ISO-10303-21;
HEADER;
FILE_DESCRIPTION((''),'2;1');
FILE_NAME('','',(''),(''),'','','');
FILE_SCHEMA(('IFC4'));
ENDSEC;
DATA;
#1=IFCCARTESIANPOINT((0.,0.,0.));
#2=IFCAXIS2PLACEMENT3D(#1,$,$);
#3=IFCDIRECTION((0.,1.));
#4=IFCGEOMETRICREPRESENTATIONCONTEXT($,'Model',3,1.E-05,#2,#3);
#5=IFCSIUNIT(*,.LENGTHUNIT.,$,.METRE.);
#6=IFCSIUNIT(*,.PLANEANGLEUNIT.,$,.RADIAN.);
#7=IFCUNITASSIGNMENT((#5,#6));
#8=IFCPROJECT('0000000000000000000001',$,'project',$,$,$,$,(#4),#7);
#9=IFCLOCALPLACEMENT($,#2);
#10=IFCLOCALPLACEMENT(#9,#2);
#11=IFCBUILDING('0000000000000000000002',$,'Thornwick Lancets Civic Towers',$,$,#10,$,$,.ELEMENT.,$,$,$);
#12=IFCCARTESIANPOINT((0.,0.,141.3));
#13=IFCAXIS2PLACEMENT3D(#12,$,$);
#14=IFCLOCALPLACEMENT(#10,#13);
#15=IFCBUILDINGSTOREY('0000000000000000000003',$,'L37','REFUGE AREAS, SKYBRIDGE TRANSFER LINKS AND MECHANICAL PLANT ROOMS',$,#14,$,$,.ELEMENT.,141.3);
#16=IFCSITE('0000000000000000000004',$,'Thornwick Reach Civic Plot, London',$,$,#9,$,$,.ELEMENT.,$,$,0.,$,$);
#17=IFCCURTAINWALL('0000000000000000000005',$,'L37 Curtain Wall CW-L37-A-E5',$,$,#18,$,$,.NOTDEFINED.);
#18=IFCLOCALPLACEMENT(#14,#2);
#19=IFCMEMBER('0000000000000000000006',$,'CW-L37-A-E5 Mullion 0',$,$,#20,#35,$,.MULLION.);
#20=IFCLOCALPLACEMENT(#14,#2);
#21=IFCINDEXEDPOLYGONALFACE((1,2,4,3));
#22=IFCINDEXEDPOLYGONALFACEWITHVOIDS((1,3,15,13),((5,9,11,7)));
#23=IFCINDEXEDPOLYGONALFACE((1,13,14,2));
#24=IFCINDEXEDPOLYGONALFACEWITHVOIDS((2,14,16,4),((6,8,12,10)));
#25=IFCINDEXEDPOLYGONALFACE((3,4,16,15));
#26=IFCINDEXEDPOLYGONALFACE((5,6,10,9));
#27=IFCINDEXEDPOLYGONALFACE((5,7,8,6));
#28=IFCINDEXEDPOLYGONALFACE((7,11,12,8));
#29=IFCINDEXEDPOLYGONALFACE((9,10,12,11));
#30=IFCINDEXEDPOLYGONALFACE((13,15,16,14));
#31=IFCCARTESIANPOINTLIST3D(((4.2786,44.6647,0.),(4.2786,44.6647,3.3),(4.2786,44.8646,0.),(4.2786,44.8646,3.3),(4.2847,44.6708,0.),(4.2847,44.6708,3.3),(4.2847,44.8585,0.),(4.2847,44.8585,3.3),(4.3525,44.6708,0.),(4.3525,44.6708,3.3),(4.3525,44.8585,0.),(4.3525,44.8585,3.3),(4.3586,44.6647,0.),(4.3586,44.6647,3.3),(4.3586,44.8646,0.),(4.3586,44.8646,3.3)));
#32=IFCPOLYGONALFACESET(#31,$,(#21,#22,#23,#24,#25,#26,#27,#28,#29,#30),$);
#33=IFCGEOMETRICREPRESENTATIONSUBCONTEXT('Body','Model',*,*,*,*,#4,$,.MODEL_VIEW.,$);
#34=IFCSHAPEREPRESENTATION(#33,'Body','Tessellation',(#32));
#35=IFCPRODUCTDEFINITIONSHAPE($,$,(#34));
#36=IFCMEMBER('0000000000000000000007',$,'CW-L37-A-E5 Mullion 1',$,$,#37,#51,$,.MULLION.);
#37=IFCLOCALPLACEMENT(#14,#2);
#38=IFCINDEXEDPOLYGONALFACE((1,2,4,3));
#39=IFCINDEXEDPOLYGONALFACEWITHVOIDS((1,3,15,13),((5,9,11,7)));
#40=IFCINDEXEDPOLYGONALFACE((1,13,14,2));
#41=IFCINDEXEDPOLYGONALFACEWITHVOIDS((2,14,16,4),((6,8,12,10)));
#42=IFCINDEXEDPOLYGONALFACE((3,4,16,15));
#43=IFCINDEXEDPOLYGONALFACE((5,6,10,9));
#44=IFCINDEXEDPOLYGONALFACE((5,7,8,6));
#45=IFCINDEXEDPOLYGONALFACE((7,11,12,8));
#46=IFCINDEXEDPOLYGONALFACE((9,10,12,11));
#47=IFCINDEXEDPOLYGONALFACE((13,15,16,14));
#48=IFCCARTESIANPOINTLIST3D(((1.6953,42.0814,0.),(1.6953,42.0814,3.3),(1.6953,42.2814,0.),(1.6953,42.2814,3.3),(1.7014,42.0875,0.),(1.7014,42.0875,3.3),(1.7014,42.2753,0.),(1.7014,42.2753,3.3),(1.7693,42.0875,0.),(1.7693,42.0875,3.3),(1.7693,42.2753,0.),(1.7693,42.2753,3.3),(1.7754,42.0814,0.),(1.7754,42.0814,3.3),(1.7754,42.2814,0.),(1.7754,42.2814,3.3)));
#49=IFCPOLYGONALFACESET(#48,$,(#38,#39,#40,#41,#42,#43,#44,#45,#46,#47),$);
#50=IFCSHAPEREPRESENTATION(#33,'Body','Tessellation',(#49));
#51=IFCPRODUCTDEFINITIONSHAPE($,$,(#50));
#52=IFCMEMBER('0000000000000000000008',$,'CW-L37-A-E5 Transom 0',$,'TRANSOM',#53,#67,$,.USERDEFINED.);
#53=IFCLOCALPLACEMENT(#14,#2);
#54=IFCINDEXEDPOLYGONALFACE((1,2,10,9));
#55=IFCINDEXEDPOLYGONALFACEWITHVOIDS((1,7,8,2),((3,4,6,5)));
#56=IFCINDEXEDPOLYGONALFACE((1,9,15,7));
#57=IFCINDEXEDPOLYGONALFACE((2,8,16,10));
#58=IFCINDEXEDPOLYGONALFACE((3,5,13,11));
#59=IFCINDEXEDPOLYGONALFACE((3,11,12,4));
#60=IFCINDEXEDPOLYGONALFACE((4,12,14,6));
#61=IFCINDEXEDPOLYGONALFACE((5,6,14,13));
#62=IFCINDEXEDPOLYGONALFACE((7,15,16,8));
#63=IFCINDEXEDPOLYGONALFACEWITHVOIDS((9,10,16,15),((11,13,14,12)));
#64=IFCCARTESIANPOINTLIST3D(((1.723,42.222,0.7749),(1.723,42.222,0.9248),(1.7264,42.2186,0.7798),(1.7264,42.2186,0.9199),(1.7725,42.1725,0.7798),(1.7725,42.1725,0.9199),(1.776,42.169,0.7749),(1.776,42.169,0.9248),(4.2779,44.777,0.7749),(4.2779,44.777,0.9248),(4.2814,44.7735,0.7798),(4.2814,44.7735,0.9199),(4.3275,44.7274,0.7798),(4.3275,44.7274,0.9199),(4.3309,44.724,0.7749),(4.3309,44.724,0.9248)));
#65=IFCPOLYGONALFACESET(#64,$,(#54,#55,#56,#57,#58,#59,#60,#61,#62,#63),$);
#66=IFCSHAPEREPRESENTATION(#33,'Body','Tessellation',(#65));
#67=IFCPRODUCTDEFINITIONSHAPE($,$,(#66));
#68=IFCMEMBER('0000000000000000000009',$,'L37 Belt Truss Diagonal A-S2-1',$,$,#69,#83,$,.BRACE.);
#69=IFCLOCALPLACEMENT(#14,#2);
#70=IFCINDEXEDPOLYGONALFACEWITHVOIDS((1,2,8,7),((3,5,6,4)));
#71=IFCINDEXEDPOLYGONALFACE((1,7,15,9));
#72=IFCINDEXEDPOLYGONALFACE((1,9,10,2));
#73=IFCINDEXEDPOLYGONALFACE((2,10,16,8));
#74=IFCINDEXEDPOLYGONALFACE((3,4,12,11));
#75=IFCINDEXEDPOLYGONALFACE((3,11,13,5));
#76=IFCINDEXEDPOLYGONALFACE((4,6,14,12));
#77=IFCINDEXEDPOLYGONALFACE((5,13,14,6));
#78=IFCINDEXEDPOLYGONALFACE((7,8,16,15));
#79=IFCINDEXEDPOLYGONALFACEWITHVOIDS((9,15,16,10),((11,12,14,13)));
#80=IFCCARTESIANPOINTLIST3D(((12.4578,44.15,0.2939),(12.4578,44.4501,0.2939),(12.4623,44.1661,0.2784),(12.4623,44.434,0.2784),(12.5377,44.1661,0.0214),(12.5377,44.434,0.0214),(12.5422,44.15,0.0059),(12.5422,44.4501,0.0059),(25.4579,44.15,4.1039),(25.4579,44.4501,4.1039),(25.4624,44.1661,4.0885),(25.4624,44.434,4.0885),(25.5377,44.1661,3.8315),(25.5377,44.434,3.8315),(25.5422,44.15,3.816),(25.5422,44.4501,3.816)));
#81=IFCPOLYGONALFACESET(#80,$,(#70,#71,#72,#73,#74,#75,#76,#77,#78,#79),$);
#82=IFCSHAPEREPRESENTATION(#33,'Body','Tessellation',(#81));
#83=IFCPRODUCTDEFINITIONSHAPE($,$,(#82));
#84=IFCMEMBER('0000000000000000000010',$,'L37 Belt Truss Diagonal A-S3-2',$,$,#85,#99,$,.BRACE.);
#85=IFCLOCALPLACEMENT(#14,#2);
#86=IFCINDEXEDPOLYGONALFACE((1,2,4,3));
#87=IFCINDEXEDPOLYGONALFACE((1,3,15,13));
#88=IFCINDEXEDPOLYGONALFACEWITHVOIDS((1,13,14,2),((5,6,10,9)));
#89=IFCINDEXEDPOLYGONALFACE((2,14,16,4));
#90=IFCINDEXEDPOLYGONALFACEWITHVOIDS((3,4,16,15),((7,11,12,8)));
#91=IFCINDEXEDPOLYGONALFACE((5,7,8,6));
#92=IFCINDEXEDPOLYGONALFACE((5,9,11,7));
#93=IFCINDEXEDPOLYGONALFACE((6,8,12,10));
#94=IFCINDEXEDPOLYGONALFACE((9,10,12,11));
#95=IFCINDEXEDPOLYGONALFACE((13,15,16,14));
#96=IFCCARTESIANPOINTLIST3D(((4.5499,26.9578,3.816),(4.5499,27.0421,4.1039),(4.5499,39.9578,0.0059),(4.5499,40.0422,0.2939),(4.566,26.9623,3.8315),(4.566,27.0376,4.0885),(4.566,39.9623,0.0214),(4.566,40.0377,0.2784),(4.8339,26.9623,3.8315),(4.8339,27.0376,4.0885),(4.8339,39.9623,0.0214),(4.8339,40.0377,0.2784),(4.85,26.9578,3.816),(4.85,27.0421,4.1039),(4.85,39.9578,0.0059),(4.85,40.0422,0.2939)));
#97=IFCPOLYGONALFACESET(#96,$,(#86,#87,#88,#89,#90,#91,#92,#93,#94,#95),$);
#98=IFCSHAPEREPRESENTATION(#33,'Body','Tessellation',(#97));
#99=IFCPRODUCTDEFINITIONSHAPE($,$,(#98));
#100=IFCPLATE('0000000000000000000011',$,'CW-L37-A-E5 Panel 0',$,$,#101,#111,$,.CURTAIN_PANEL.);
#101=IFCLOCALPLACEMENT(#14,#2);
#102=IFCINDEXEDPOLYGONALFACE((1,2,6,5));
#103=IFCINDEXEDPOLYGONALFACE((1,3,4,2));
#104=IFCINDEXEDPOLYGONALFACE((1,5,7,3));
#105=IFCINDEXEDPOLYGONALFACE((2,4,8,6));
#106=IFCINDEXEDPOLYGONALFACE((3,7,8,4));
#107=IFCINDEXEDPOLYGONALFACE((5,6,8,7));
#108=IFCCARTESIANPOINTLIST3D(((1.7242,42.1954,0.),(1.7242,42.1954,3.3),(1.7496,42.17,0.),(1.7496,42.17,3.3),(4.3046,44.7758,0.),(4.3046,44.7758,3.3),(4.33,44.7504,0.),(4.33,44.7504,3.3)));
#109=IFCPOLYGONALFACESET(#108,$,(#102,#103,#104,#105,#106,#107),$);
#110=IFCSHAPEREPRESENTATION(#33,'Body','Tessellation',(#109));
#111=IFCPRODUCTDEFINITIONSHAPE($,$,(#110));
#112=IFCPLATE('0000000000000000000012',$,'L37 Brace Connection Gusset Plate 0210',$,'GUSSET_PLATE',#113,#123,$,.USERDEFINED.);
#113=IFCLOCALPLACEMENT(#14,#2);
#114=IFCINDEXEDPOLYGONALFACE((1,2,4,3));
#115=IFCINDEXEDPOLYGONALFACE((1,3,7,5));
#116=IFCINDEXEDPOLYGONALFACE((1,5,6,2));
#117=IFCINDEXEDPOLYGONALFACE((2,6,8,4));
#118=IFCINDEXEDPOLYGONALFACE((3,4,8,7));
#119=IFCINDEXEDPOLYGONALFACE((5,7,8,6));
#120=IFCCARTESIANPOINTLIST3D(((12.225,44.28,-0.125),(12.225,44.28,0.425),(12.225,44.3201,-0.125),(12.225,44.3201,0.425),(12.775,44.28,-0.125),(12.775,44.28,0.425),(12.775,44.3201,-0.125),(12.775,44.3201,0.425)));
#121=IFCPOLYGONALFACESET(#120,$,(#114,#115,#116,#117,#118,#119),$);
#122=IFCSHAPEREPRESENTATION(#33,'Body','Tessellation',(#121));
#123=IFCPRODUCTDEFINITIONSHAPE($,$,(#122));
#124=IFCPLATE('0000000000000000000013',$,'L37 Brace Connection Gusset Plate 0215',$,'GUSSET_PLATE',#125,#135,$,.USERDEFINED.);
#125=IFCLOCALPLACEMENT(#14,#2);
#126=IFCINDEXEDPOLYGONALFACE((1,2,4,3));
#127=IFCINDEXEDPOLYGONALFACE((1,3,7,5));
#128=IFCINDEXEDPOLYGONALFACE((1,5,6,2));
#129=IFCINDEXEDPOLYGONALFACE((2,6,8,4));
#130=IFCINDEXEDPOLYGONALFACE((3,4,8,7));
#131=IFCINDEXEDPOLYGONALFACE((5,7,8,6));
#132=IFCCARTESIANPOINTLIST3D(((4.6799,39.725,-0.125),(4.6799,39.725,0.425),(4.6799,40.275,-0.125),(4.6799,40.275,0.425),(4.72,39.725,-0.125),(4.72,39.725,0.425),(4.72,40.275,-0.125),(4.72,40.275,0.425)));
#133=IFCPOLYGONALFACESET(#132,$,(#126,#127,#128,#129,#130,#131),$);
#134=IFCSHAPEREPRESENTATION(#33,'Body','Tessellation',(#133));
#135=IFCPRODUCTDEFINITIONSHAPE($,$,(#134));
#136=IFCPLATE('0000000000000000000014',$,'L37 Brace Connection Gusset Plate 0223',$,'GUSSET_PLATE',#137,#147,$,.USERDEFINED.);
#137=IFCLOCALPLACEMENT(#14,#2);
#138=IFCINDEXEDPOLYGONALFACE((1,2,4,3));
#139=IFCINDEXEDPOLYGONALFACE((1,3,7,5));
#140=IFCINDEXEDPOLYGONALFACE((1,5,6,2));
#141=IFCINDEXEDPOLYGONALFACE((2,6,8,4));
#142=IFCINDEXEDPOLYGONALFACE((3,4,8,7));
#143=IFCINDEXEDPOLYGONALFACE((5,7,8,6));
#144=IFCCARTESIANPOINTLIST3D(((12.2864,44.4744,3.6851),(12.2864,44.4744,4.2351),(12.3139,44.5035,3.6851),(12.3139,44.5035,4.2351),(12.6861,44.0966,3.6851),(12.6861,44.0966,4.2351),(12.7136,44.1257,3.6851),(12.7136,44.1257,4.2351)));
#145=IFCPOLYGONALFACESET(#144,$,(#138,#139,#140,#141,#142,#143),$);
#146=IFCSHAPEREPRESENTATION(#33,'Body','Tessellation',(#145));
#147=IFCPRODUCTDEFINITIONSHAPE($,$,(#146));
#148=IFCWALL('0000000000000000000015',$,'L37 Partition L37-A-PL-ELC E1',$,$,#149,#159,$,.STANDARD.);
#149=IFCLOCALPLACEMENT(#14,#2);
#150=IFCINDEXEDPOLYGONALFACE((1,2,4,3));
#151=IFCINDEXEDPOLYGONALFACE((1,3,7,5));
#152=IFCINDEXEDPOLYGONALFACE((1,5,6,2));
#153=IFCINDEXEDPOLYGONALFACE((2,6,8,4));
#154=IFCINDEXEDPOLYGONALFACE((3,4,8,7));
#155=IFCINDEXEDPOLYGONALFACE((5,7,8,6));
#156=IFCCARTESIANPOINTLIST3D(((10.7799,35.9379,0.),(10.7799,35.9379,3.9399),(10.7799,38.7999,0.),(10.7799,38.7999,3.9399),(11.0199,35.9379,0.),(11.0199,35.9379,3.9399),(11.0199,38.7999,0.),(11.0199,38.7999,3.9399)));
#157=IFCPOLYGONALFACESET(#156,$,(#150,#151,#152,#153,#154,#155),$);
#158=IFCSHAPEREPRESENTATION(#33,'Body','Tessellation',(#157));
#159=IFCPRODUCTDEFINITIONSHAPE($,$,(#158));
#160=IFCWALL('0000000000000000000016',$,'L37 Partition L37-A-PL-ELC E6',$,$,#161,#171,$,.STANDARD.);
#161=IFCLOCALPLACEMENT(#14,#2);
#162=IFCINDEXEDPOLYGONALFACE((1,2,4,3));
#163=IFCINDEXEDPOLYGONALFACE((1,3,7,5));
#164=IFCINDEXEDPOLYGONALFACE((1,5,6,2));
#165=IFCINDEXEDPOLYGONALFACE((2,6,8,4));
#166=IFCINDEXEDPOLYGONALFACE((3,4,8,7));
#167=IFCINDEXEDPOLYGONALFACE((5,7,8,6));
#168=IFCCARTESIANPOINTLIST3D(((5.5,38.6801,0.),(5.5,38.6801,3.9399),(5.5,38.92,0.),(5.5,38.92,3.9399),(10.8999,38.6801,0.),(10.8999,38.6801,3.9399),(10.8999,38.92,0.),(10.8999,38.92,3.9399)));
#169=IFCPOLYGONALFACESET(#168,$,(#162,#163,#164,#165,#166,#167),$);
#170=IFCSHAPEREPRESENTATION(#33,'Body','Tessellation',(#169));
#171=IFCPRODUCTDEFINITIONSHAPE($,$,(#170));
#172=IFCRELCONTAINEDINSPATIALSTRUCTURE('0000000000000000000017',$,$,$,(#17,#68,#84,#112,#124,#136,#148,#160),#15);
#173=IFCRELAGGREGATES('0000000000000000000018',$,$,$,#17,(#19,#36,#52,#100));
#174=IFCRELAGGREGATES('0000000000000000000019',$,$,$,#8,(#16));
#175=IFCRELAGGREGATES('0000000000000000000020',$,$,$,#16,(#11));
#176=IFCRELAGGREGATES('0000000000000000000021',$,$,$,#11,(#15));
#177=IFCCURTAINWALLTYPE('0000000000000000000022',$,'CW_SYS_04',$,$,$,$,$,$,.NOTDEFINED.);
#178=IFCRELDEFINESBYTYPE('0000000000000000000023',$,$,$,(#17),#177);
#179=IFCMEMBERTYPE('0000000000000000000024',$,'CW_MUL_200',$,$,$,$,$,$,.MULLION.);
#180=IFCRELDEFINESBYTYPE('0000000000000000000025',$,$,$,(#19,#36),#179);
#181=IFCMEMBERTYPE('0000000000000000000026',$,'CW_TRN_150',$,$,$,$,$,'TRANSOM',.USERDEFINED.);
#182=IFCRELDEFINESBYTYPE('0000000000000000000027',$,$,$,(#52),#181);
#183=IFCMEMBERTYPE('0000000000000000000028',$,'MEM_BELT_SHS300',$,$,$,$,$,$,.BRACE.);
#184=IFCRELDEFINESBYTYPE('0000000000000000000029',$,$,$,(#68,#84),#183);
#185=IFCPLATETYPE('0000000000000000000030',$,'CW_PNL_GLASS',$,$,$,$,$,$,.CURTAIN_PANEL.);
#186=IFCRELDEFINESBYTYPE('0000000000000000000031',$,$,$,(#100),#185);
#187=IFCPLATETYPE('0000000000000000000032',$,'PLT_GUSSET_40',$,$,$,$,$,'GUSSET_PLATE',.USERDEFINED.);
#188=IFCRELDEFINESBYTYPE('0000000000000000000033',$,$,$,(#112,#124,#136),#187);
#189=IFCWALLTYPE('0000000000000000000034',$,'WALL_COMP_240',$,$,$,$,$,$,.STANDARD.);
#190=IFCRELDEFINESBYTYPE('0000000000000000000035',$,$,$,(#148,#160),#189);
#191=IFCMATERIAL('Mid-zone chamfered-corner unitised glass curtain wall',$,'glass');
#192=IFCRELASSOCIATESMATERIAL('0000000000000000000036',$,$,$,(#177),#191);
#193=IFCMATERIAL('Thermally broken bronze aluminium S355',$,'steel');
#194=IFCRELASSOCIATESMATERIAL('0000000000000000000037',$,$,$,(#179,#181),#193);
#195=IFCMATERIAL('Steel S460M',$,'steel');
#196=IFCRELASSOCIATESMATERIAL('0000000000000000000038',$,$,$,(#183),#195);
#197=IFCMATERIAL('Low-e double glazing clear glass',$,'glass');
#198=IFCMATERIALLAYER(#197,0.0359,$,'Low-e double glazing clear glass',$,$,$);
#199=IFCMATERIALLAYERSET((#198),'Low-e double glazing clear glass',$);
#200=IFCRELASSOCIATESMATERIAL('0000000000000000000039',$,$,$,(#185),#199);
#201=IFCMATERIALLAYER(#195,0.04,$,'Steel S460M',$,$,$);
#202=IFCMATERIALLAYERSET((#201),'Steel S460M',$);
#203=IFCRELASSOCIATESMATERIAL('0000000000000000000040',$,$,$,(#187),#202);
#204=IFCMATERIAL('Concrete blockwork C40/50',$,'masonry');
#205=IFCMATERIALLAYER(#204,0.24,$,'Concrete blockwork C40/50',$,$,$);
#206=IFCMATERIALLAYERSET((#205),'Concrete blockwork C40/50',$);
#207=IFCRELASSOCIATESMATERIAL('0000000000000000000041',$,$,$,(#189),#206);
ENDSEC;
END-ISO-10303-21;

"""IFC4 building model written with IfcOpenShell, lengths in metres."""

from ifc_helpers import new_model, si_unit, direction, frame, frame_2d, origin, origin_2d, place, context, subcontext, project, spatial, rectangle, hollow_rectangle, extrude, material, layer, layer_set, material_profile, profile_set, type_object, element, aggregate, save


model = new_model("IFC4")

# Units and contexts
model_context = context("Model", 3, precision=1e-05, world=origin(), true_north=direction((0.0, 1.0)))
body_context = subcontext(model_context, "Body", "Model", "MODEL_VIEW")
ifc_project = project(units=[si_unit("LENGTHUNIT", "METRE"), si_unit("PLANEANGLEUNIT", "RADIAN")], contexts=[model_context])

# Site, building, storey
site_placement = place(None, origin())
site = spatial("IfcSite", under=ifc_project, at=site_placement, Name="Thornwick Reach Civic Plot, London", CompositionType="ELEMENT", RefElevation=0.0)
building_placement = place(site_placement, origin())
building = spatial("IfcBuilding", under=site, at=building_placement, Name="Thornwick Lancets Civic Towers", CompositionType="ELEMENT")
storey_placement = place(building_placement, frame((0.0, 0.0, 141.3)))
storey = spatial("IfcBuildingStorey", under=building, at=storey_placement, Name="L37", Description="REFUGE AREAS, SKYBRIDGE TRANSFER LINKS AND MECHANICAL PLANT ROOMS", CompositionType="ELEMENT", Elevation=141.3)

# Shared definitions
ifc_material_1 = material(Name="Steel S460M", Category="steel")

# Curtain wall, members
ifc_material_2 = material(Name="Mid-zone chamfered-corner unitised glass curtain wall", Category="glass")
curtain_wall_type = type_object("IfcCurtainWallType", Name="CW_SYS_04", PredefinedType="NOTDEFINED", material=ifc_material_2)
curtain_wall_placement = place(storey_placement, origin())
curtain_wall = element("IfcCurtainWall", 1, at=curtain_wall_placement, inside=storey, type_object=curtain_wall_type, Name="L37 Curtain Wall CW-L37-A-E5", PredefinedType="NOTDEFINED")
ifc_material_3 = material(Name="Thermally broken bronze aluminium S355", Category="steel")
ifc_material_profile_1 = material_profile(ifc_material_3, hollow_rectangle(XDim=0.0801, YDim=0.2, WallThickness=0.0061, at=origin_2d()), Name="RHS 200x80x6")
ifc_profile_set_1 = profile_set([ifc_material_profile_1], Name="Thermally broken bronze aluminium S355")
member_type_1 = type_object("IfcMemberType", Name="CW_MUL_200", PredefinedType="MULLION", material=ifc_profile_set_1)
member_1_placement = place(storey_placement, frame((4.3186, 44.7646, 0.0), z_axis=(0.0, 0.0, 1.0), x_axis=(1.0, 0.0, 0.0)))
member_1 = element("IfcMember", 2, at=member_1_placement, type_object=member_type_1, Name="CW-L37-A-E5 Mullion 0", PredefinedType="MULLION", context=body_context, shape_type="SweptSolid", body=[
    extrude(hollow_rectangle(XDim=0.0801, YDim=0.2, WallThickness=0.0061, at=origin_2d()), origin(), (0.0, 0.0, 1.0), 3.3),
])
member_2_placement = place(storey_placement, frame((1.7354, 42.1814, 0.0), z_axis=(0.0, 0.0, 1.0), x_axis=(1.0, 0.0, 0.0)))
member_2 = element("IfcMember", 3, at=member_2_placement, type_object=member_type_1, Name="CW-L37-A-E5 Mullion 1", PredefinedType="MULLION", context=body_context, shape_type="SweptSolid", body=[
    extrude(hollow_rectangle(XDim=0.0801, YDim=0.2, WallThickness=0.0061, at=origin_2d()), origin(), (0.0, 0.0, 1.0), 3.3),
])
ifc_material_profile_2 = material_profile(ifc_material_3, hollow_rectangle(XDim=0.075, YDim=0.1499, WallThickness=0.0049, at=origin_2d()), Name="RHS 150x75x5")
ifc_profile_set_2 = profile_set([ifc_material_profile_2], Name="Thermally broken bronze aluminium S355")
member_type_2 = type_object("IfcMemberType", Name="CW_TRN_150", ElementType="TRANSOM", PredefinedType="USERDEFINED", material=ifc_profile_set_2)
member_3_placement = place(storey_placement, frame((4.3044, 44.7505, 0.8499), z_axis=(-0.707107, -0.707107, 0.0), x_axis=(0.707107, -0.707107, 0.0)))
member_3 = element("IfcMember", 4, at=member_3_placement, type_object=member_type_2, Name="CW-L37-A-E5 Transom 0", ObjectType="TRANSOM", PredefinedType="USERDEFINED", context=body_context, shape_type="SweptSolid", body=[
    extrude(hollow_rectangle(XDim=0.075, YDim=0.1499, WallThickness=0.0049, at=origin_2d()), origin(), (0.0, 0.0, 1.0), 3.6133),
])

# Members
ifc_material_profile_3 = material_profile(ifc_material_1, hollow_rectangle(XDim=0.3, YDim=0.3, WallThickness=0.0161, at=origin_2d()), Name="SHS 300x300x16")
ifc_profile_set_3 = profile_set([ifc_material_profile_3], Name="Steel S460M")
member_type_3 = type_object("IfcMemberType", Name="MEM_BELT_SHS300", PredefinedType="BRACE", material=ifc_profile_set_3)
for number, where, z_axis, x_axis, name in (
    (5, (12.5, 44.3, 0.1499), (0.959634, 0.0, 0.281251), (0.0, 1.0, 0.0), "L37 Belt Truss Diagonal A-S2-1"),
    (6, (4.7, 40.0, 0.1499), (0.0, -0.959634, 0.281251), (1.0, 0.0, 0.0), "L37 Belt Truss Diagonal A-S3-2"),
):
    element("IfcMember", number, at=place(storey_placement, frame(where, z_axis=z_axis, x_axis=x_axis)), inside=storey, type_object=member_type_3, Name=name, PredefinedType="BRACE", context=body_context, shape_type="SweptSolid", body=[
        extrude(hollow_rectangle(XDim=0.3, YDim=0.3, WallThickness=0.0161, at=origin_2d()), origin(), (0.0, 0.0, 1.0), 13.5469),
    ])

# Plate
ifc_material_4 = material(Name="Low-e double glazing clear glass", Category="glass")
ifc_layer_1 = layer(ifc_material_4, 0.0359, Name="Low-e double glazing clear glass")
ifc_layer_set_1 = layer_set([ifc_layer_1], Name="Low-e double glazing clear glass")
plate_type_1 = type_object("IfcPlateType", Name="CW_PNL_GLASS", PredefinedType="CURTAIN_PANEL", material=ifc_layer_set_1)
plate_placement = place(storey_placement, frame((3.0271, 43.4729, 0.0), z_axis=(0.0, 0.0, 1.0), x_axis=(-0.707107, -0.707107, 0.0)))
plate = element("IfcPlate", 7, at=plate_placement, type_object=plate_type_1, Name="CW-L37-A-E5 Panel 0", PredefinedType="CURTAIN_PANEL", context=body_context, shape_type="SweptSolid", body=[
    extrude(rectangle(XDim=3.6492, YDim=0.0359, at=origin_2d()), origin(), (0.0, 0.0, 1.0), 3.3),
])
aggregate(curtain_wall, [member_1, member_2, member_3, plate])

# Plates
ifc_layer_2 = layer(ifc_material_1, 0.04, Name="Steel S460M")
ifc_layer_set_2 = layer_set([ifc_layer_2], Name="Steel S460M")
plate_type_2 = type_object("IfcPlateType", Name="PLT_GUSSET_40", ElementType="GUSSET_PLATE", PredefinedType="USERDEFINED", material=ifc_layer_set_2)
for number, where, z_axis, x_axis, name in (
    (8, (12.5, 44.3, -0.125), (0.0, 0.0, 1.0), (1.0, 0.0, 0.0), "L37 Brace Connection Gusset Plate 0210"),
    (9, (4.7, 40.0, -0.125), (0.0, 0.0, 1.0), (0.0, -1.0, 0.0), "L37 Brace Connection Gusset Plate 0215"),
    (10, (12.5, 44.3, 3.6851), (0.0, 0.0, 1.0), (-0.726814, 0.686834, 0.0), "L37 Brace Connection Gusset Plate 0223"),
):
    element("IfcPlate", number, at=place(storey_placement, frame(where, z_axis=z_axis, x_axis=x_axis)), inside=storey, type_object=plate_type_2, Name=name, ObjectType="GUSSET_PLATE", PredefinedType="USERDEFINED", context=body_context, shape_type="SweptSolid", body=[
        extrude(rectangle(XDim=0.55, YDim=0.04, at=origin_2d()), origin(), (0.0, 0.0, 1.0), 0.55),
    ])

# Walls
ifc_material_5 = material(Name="Concrete blockwork C40/50", Category="masonry")
ifc_layer_3 = layer(ifc_material_5, 0.24, Name="Concrete blockwork C40/50")
ifc_layer_set_3 = layer_set([ifc_layer_3], Name="Concrete blockwork C40/50")
wall_type_1 = type_object("IfcWallType", Name="WALL_COMP_240", PredefinedType="STANDARD", material=ifc_layer_set_3)
wall_1_placement = place(storey_placement, frame((10.8999, 38.8, 0.0), z_axis=(0.0, 0.0, 1.0), x_axis=(0.0, -1.0, 0.0)))
element("IfcWall", 11, at=wall_1_placement, inside=storey, type_object=wall_type_1, Name="L37 Partition L37-A-PL-ELC E1", PredefinedType="STANDARD", context=body_context, shape_type="SweptSolid", body=[
    extrude(rectangle(XDim=2.8621, YDim=0.24, at=frame_2d((1.4312, 0.0))), origin(), (0.0, 0.0, 1.0), 3.9399),
])
wall_2_placement = place(storey_placement, frame((5.5, 38.8, 0.0), z_axis=(0.0, 0.0, 1.0), x_axis=(1.0, 0.0, 0.0)))
element("IfcWall", 12, at=wall_2_placement, inside=storey, type_object=wall_type_1, Name="L37 Partition L37-A-PL-ELC E6", PredefinedType="STANDARD", context=body_context, shape_type="SweptSolid", body=[
    extrude(rectangle(XDim=5.3999, YDim=0.24, at=frame_2d((2.7, 0.0))), origin(), (0.0, 0.0, 1.0), 3.9399),
])

save(model, "model.ifc")
